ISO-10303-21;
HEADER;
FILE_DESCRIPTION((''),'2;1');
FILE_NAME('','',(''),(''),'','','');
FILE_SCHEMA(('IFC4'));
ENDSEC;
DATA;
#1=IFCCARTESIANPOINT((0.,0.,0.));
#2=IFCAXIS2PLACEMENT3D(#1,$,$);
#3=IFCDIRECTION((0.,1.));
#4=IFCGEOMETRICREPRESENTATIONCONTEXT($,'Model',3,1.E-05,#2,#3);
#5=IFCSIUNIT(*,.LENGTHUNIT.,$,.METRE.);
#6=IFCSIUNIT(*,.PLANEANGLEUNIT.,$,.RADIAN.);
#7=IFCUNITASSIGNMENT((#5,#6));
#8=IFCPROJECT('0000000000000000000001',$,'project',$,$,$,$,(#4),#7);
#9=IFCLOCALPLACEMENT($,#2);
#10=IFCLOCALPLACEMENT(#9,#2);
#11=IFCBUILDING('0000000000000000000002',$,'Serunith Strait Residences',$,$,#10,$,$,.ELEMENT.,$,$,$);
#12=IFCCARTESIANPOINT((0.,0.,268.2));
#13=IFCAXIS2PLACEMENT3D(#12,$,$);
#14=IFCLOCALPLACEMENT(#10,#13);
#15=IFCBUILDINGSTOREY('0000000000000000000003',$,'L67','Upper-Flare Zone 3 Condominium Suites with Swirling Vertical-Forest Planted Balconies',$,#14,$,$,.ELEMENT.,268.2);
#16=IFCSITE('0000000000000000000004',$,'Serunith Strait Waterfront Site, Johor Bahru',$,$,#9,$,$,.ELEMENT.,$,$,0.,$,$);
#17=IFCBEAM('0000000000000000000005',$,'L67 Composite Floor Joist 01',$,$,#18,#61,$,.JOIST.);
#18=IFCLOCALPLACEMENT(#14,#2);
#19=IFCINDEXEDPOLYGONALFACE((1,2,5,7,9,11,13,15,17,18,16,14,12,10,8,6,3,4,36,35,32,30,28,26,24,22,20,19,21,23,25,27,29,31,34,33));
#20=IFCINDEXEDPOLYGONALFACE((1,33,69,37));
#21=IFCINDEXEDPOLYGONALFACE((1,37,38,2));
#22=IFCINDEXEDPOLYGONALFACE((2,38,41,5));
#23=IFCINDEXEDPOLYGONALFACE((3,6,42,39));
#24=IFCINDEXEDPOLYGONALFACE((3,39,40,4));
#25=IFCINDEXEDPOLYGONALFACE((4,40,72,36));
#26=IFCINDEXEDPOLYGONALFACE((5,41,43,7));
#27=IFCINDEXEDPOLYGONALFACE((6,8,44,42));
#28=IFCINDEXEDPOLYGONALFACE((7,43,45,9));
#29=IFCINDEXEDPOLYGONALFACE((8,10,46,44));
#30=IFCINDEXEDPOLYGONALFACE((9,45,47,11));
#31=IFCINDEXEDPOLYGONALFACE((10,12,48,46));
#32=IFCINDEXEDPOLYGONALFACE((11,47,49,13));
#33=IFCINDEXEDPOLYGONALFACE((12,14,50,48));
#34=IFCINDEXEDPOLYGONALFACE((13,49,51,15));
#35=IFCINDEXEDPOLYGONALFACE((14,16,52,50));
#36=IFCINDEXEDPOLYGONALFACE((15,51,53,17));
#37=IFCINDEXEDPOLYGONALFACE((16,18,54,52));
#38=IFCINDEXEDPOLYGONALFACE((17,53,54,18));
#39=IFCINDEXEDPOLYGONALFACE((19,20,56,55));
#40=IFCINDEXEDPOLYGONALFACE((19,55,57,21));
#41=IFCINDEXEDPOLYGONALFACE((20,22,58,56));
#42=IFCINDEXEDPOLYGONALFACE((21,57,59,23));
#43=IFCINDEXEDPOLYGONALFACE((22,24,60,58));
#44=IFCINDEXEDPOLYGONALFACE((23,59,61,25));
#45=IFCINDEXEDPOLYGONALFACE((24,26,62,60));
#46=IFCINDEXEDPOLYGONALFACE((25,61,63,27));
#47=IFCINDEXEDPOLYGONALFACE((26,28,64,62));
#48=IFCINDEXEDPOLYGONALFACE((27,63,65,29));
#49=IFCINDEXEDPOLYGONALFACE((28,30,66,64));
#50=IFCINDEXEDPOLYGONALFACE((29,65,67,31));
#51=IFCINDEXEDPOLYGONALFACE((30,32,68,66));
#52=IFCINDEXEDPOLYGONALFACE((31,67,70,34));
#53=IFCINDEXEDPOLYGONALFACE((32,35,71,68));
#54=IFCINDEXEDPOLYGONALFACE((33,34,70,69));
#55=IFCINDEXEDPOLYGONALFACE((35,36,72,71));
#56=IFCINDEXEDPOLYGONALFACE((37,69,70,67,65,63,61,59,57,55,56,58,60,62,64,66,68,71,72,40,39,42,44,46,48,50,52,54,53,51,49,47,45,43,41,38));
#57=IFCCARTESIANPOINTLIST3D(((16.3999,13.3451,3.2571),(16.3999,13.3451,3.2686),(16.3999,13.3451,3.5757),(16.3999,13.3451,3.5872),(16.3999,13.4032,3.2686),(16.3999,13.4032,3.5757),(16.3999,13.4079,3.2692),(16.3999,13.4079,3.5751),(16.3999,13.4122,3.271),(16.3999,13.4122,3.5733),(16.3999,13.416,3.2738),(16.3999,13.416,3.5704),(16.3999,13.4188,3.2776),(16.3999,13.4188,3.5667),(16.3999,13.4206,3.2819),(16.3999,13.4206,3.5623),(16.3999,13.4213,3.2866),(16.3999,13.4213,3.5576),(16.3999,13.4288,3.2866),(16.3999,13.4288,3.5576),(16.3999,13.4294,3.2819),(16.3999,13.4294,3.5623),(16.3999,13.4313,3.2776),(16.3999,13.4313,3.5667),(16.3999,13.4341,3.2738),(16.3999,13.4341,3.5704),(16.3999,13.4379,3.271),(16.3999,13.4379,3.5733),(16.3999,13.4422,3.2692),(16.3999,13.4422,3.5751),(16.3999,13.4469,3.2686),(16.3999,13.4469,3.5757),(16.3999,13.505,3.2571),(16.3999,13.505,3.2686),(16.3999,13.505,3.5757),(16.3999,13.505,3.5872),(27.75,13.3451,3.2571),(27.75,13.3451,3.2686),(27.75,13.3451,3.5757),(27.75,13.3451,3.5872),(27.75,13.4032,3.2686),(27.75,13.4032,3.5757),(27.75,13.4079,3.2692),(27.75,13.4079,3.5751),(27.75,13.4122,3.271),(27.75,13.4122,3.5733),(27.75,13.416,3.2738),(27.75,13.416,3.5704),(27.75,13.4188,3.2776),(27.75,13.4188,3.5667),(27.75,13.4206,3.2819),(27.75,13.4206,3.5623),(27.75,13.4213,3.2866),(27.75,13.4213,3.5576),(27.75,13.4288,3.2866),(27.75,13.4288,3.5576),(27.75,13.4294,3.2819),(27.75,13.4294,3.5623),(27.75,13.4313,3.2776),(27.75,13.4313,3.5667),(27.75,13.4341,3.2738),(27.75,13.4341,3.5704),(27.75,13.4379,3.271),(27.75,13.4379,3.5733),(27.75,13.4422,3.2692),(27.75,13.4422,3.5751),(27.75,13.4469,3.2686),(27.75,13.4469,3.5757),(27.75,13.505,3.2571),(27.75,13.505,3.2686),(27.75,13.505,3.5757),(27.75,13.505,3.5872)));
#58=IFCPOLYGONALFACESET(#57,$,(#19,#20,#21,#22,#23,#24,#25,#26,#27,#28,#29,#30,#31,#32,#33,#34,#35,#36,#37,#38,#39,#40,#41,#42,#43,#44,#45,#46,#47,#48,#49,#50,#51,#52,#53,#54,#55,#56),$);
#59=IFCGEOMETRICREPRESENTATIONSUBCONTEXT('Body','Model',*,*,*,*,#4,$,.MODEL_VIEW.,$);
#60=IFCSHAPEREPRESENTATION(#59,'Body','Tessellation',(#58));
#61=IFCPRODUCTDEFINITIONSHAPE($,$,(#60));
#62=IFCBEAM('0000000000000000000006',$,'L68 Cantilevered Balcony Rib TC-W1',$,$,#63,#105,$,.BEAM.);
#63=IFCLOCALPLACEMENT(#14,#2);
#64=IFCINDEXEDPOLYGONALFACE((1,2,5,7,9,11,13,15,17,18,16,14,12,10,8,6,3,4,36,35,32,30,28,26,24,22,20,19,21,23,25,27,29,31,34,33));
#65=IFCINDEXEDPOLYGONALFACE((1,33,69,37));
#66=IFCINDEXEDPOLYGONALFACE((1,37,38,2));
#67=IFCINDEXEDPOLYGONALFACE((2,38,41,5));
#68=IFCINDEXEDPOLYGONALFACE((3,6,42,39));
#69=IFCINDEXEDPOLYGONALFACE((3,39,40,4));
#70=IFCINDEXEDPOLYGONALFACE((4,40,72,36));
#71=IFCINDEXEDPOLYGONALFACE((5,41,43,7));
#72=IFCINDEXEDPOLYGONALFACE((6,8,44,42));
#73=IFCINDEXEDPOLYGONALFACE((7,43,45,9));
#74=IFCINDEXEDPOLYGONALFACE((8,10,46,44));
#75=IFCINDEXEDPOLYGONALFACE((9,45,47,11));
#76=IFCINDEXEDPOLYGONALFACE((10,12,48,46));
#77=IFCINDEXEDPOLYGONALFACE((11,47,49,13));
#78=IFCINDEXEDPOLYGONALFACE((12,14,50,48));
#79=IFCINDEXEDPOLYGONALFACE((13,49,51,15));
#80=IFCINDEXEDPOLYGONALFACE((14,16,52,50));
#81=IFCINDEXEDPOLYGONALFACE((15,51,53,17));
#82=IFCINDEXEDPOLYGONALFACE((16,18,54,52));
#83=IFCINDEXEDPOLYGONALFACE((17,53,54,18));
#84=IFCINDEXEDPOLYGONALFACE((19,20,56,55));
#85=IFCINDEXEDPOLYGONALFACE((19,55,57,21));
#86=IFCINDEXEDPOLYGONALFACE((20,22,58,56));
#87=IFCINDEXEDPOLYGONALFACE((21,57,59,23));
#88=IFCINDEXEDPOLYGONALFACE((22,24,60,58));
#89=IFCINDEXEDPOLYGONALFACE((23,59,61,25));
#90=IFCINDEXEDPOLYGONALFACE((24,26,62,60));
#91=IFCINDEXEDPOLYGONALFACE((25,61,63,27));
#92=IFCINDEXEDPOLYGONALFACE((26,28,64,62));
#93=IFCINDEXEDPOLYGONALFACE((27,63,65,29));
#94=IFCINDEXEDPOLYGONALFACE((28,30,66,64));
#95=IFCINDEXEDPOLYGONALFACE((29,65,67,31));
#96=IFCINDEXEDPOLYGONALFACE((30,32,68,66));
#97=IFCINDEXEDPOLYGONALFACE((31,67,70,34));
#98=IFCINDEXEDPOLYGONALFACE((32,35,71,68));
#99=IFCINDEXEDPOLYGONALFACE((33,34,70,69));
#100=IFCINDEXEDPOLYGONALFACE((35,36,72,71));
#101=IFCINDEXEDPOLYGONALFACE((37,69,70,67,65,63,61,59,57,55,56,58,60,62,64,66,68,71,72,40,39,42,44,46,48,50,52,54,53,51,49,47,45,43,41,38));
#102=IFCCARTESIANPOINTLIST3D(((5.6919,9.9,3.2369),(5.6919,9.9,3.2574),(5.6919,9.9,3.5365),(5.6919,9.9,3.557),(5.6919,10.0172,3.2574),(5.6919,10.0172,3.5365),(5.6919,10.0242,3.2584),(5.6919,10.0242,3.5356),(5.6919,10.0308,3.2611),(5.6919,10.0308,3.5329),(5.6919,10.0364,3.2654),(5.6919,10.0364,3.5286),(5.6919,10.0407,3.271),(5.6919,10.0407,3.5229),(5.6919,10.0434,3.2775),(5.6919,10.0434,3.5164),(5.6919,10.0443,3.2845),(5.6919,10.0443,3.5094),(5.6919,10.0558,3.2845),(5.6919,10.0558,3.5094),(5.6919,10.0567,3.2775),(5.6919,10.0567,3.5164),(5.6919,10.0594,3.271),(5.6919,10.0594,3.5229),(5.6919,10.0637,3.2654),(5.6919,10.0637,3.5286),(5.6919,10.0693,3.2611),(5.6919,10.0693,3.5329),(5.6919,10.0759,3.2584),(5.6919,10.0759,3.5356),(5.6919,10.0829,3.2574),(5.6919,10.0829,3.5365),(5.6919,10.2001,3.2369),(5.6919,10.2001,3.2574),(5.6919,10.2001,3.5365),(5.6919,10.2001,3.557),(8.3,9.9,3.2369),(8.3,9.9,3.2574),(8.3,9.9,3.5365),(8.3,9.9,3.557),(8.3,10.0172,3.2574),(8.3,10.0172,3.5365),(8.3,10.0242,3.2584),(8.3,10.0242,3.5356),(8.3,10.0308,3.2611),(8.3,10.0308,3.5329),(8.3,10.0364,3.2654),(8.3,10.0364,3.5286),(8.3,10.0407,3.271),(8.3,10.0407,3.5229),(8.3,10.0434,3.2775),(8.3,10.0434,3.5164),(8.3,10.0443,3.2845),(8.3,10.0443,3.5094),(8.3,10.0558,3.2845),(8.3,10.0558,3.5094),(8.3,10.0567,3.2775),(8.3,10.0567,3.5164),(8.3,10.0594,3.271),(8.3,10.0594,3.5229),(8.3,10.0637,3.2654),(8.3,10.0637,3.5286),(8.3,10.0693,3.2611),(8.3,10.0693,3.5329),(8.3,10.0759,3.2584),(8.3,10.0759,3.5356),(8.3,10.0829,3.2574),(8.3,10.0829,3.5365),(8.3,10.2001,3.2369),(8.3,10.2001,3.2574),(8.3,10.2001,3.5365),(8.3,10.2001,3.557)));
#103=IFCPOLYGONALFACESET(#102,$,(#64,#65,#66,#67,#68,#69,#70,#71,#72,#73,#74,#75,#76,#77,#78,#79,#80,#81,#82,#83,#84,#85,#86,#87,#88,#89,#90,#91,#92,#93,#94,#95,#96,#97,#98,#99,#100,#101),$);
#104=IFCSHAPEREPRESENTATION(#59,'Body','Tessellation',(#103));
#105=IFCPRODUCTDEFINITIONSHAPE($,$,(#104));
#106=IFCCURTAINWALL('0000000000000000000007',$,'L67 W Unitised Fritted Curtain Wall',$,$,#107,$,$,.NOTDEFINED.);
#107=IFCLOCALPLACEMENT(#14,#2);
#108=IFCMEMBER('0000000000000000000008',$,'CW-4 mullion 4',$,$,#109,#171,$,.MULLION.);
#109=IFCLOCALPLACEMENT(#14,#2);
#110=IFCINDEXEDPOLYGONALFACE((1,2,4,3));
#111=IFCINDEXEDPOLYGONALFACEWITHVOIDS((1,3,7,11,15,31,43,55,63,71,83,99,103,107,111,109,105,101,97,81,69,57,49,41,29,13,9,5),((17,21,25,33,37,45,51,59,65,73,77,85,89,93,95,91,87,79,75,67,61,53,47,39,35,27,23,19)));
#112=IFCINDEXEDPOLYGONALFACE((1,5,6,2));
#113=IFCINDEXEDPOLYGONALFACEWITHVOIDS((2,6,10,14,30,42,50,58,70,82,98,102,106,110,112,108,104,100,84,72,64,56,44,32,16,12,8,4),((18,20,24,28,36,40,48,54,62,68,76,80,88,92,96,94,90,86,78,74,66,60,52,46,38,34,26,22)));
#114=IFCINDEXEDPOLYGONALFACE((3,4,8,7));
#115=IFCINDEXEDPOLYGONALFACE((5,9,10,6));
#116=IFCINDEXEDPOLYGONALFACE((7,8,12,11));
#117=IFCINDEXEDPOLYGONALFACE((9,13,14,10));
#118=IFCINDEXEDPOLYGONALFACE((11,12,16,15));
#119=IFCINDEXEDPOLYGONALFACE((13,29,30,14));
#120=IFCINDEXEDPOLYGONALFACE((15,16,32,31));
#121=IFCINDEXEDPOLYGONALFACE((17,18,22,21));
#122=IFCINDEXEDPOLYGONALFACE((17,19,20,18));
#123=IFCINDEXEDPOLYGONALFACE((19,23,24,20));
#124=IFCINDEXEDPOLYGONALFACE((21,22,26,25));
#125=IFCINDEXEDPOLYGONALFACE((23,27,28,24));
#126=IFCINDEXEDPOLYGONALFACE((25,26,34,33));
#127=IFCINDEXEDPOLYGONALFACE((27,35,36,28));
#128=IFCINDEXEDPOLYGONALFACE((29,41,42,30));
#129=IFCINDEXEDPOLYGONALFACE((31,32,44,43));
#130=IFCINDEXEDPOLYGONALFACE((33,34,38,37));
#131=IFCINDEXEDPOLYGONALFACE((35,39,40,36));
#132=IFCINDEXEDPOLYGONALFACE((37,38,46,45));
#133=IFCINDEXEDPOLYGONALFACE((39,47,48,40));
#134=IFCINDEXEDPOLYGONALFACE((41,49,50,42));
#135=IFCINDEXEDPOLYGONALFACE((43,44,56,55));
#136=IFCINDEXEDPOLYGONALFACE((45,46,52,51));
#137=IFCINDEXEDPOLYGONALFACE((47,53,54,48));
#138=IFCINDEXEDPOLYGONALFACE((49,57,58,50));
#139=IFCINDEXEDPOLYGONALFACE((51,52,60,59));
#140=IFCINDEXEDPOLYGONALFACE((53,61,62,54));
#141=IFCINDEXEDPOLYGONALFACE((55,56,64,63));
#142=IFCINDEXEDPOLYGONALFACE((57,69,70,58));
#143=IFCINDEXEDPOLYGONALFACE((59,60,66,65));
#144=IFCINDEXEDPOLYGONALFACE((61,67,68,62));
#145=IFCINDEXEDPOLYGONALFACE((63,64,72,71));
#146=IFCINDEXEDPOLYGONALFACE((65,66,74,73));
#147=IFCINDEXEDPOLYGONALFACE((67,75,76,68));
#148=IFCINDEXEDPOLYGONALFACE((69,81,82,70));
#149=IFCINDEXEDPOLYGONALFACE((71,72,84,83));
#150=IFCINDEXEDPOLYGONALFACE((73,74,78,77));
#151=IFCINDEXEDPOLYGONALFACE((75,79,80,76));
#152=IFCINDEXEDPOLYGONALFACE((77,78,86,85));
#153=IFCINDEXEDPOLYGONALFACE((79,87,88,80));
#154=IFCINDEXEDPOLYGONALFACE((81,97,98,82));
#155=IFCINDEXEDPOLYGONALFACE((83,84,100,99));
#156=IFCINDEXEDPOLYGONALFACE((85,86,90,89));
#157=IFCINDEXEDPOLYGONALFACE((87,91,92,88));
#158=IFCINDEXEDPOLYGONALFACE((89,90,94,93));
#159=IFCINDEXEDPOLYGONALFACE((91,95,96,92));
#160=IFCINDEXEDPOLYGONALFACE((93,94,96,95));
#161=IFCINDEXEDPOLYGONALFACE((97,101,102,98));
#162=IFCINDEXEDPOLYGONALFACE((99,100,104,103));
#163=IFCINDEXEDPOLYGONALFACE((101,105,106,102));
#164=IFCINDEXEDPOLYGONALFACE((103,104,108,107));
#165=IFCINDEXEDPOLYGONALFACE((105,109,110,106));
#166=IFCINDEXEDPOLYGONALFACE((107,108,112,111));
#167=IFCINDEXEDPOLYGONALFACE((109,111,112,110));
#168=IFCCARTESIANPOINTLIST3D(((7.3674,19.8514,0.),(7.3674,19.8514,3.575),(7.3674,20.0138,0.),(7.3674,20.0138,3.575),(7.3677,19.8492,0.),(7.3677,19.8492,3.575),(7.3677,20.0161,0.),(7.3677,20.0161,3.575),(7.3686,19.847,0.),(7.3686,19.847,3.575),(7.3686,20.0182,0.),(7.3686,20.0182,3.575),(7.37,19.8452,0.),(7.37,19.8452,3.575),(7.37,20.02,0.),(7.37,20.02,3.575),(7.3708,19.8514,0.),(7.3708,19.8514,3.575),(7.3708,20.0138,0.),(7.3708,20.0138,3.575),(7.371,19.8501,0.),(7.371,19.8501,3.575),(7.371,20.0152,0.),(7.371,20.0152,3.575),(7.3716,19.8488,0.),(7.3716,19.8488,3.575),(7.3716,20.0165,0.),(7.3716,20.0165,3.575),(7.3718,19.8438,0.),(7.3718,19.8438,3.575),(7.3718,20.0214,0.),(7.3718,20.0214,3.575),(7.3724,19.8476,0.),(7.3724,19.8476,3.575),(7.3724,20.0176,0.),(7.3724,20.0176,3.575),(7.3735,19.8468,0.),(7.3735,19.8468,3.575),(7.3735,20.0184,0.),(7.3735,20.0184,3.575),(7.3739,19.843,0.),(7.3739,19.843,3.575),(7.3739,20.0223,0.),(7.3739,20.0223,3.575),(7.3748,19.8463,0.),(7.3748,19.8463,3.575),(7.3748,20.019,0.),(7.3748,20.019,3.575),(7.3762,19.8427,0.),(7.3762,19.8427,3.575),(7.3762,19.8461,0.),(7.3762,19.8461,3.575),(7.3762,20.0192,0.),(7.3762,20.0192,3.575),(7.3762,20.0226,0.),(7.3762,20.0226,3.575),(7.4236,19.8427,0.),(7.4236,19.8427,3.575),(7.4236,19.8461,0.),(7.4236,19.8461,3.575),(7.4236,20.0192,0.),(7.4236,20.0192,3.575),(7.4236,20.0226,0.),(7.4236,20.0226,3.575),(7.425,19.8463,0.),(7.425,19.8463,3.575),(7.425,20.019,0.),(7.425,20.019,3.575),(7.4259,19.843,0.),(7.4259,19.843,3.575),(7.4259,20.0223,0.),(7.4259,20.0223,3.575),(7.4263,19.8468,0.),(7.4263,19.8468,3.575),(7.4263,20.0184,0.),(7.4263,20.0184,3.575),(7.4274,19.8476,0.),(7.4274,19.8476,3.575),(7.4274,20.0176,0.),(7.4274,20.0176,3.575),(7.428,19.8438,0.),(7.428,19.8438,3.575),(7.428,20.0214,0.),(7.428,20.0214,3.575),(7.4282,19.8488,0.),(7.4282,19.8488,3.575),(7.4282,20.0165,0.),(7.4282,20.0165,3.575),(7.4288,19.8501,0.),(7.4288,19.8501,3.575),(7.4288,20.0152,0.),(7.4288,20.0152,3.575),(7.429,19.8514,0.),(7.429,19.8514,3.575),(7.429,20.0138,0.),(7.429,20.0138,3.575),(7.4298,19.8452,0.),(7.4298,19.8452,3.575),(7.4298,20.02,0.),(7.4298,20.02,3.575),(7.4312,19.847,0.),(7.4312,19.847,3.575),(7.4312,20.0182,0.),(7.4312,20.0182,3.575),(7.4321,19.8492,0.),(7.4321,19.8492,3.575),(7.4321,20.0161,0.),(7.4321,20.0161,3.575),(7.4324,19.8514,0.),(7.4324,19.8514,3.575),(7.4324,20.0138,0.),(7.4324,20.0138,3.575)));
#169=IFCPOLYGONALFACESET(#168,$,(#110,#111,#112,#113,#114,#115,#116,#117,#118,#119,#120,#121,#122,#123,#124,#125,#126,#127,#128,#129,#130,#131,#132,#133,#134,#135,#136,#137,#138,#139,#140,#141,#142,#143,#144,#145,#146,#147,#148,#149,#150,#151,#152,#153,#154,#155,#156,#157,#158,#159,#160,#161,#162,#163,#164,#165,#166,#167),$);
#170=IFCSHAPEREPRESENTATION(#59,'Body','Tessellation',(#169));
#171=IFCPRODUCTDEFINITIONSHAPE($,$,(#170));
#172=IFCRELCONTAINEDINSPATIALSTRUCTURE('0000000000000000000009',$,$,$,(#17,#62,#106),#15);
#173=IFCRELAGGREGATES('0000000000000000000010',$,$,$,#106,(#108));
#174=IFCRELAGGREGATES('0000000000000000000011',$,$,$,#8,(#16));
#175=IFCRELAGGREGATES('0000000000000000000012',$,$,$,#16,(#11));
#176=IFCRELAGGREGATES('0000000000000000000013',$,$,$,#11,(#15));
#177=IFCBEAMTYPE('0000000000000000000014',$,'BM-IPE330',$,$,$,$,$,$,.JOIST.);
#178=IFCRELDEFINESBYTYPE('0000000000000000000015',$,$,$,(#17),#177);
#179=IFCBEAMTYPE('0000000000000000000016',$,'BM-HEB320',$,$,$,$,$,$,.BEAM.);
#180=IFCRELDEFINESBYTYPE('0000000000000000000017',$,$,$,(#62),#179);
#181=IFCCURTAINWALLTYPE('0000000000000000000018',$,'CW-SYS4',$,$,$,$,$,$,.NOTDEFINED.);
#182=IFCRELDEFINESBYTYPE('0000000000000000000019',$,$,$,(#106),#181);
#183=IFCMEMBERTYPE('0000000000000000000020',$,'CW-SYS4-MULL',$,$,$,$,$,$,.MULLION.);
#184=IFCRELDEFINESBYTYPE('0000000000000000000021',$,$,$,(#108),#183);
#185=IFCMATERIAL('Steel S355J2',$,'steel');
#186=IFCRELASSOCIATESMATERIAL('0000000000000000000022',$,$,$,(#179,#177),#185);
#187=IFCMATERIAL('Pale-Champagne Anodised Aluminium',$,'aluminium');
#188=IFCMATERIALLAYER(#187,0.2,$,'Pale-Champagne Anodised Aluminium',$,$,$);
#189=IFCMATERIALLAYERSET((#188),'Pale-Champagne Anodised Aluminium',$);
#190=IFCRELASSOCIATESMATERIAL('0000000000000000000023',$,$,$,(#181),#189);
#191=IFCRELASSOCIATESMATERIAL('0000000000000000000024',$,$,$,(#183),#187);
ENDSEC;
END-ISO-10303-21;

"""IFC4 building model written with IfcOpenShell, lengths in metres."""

from ifc_helpers import new_model, si_unit, direction, frame, origin, origin_2d, place, context, subcontext, project, spatial, hollow_rectangle, i_section, extrude, source, transform, mapped, material, layer, layer_set, material_profile, profile_set, type_object, element, aggregate, save


model = new_model("IFC4")

# Units and contexts
model_context = context("Model", 3, precision=1e-05, world=origin(), true_north=direction((0.0, 1.0)))
body_context = subcontext(model_context, "Body", "Model", "MODEL_VIEW")
ifc_project = project(units=[si_unit("LENGTHUNIT", "METRE"), si_unit("PLANEANGLEUNIT", "RADIAN")], contexts=[model_context])

# Site, building, storey
site_placement = place(None, origin())
site = spatial("IfcSite", under=ifc_project, at=site_placement, Name="Serunith Strait Waterfront Site, Johor Bahru", CompositionType="ELEMENT", RefElevation=0.0)
building_placement = place(site_placement, origin())
building = spatial("IfcBuilding", under=site, at=building_placement, Name="Serunith Strait Residences", CompositionType="ELEMENT")
storey_placement = place(building_placement, frame((0.0, 0.0, 268.2)))
storey = spatial("IfcBuildingStorey", under=building, at=storey_placement, Name="L67", Description="Upper-Flare Zone 3 Condominium Suites with Swirling Vertical-Forest Planted Balconies", CompositionType="ELEMENT", Elevation=268.2)

# Beams
ifc_material_1 = material(Name="Steel S355J2", Category="steel")
ifc_material_profile_1 = material_profile(ifc_material_1, i_section(OverallWidth=0.3, OverallDepth=0.3201, WebThickness=0.0115, FlangeThickness=0.0205, FilletRadius=0.0271, at=origin_2d()), Name="HEB 320")
ifc_profile_set_1 = profile_set([ifc_material_profile_1], Name="Steel S355J2")
beam_type_1 = type_object("IfcBeamType", Name="BM-HEB320", PredefinedType="BEAM", material=ifc_profile_set_1)
ifc_material_profile_2 = material_profile(ifc_material_1, i_section(OverallWidth=0.1599, OverallDepth=0.3301, WebThickness=0.0076, FlangeThickness=0.0115, FilletRadius=0.0181, at=origin_2d()), Name="IPE 330")
ifc_profile_set_2 = profile_set([ifc_material_profile_2], Name="Steel S355J2")
beam_type_2 = type_object("IfcBeamType", Name="BM-IPE330", PredefinedType="JOIST", material=ifc_profile_set_2)
shared_shape_1 = source(origin(), body_context, "Body", "SweptSolid", [
    extrude(i_section(OverallWidth=0.1599, OverallDepth=0.3301, WebThickness=0.0076, FlangeThickness=0.0115, FilletRadius=0.0181, at=origin_2d()), origin(), (0.0, 0.0, 1.0), 11.3501),
])
beam_1_placement = place(storey_placement, frame((16.3999, 13.425, 3.4221), z_axis=(1.0, 0.0, 0.0), x_axis=(0.0, 1.0, 0.0)))
element("IfcBeam", 1, at=beam_1_placement, inside=storey, type_object=beam_type_2, Name="L67 Composite Floor Joist 01", PredefinedType="JOIST", context=body_context, shape_type="MappedRepresentation", body=[
    mapped(shared_shape_1, transform((0.0, 0.0, 0.0), scale=1.0)),
])
shared_shape_2 = source(origin(), body_context, "Body", "SweptSolid", [
    extrude(i_section(OverallWidth=0.3, OverallDepth=0.3201, WebThickness=0.0115, FlangeThickness=0.0205, FilletRadius=0.0271, at=origin_2d()), origin(), (0.0, 0.0, 1.0), 2.6082),
])
beam_2_placement = place(storey_placement, frame((8.3, 10.05, 3.397), z_axis=(-1.0, 0.0, 0.0), x_axis=(0.0, -1.0, 0.0)))
element("IfcBeam", 2, at=beam_2_placement, inside=storey, type_object=beam_type_1, Name="L68 Cantilevered Balcony Rib TC-W1", PredefinedType="BEAM", context=body_context, shape_type="MappedRepresentation", body=[
    mapped(shared_shape_2, transform((0.0, 0.0, 0.0), scale=1.0)),
])

# Curtain wall, member
ifc_material_2 = material(Name="Pale-Champagne Anodised Aluminium", Category="aluminium")
ifc_layer_1 = layer(ifc_material_2, 0.2, Name="Pale-Champagne Anodised Aluminium")
ifc_layer_set_1 = layer_set([ifc_layer_1], Name="Pale-Champagne Anodised Aluminium")
curtain_wall_type = type_object("IfcCurtainWallType", Name="CW-SYS4", PredefinedType="NOTDEFINED", material=ifc_layer_set_1)
curtain_wall_1_placement = place(storey_placement, origin())
curtain_wall_1 = element("IfcCurtainWall", 3, at=curtain_wall_1_placement, inside=storey, type_object=curtain_wall_type, Name="L67 W Unitised Fritted Curtain Wall", PredefinedType="NOTDEFINED")
ifc_material_profile_3 = material_profile(ifc_material_2, hollow_rectangle(XDim=0.0649, YDim=0.1799, WallThickness=0.0034, InnerFilletRadius=0.0054, OuterFilletRadius=0.0088, at=origin_2d()), Name="ALU 180x65x3.5")
ifc_profile_set_3 = profile_set([ifc_material_profile_3], Name="Pale-Champagne Anodised Aluminium")
member_type_1 = type_object("IfcMemberType", Name="CW-SYS4-MULL", PredefinedType="MULLION", material=ifc_profile_set_3)
shared_shape_3 = source(origin(), body_context, "Body", "SweptSolid", [
    extrude(hollow_rectangle(XDim=0.0649, YDim=0.1799, WallThickness=0.0034, InnerFilletRadius=0.0054, OuterFilletRadius=0.0088, at=origin_2d()), origin(), (0.0, 0.0, 1.0), 3.575),
])
member_1_placement = place(storey_placement, frame((7.3999, 19.9326, 0.0), z_axis=(0.0, 0.0, 1.0), x_axis=(1.0, 0.0, 0.0)))
member_1 = element("IfcMember", 4, at=member_1_placement, type_object=member_type_1, Name="CW-4 mullion 4", PredefinedType="MULLION", context=body_context, shape_type="MappedRepresentation", body=[
    mapped(shared_shape_3, transform((0.0, 0.0, 0.0), scale=1.0)),
])

aggregate(curtain_wall_1, [member_1])

save(model, "model.ifc")
